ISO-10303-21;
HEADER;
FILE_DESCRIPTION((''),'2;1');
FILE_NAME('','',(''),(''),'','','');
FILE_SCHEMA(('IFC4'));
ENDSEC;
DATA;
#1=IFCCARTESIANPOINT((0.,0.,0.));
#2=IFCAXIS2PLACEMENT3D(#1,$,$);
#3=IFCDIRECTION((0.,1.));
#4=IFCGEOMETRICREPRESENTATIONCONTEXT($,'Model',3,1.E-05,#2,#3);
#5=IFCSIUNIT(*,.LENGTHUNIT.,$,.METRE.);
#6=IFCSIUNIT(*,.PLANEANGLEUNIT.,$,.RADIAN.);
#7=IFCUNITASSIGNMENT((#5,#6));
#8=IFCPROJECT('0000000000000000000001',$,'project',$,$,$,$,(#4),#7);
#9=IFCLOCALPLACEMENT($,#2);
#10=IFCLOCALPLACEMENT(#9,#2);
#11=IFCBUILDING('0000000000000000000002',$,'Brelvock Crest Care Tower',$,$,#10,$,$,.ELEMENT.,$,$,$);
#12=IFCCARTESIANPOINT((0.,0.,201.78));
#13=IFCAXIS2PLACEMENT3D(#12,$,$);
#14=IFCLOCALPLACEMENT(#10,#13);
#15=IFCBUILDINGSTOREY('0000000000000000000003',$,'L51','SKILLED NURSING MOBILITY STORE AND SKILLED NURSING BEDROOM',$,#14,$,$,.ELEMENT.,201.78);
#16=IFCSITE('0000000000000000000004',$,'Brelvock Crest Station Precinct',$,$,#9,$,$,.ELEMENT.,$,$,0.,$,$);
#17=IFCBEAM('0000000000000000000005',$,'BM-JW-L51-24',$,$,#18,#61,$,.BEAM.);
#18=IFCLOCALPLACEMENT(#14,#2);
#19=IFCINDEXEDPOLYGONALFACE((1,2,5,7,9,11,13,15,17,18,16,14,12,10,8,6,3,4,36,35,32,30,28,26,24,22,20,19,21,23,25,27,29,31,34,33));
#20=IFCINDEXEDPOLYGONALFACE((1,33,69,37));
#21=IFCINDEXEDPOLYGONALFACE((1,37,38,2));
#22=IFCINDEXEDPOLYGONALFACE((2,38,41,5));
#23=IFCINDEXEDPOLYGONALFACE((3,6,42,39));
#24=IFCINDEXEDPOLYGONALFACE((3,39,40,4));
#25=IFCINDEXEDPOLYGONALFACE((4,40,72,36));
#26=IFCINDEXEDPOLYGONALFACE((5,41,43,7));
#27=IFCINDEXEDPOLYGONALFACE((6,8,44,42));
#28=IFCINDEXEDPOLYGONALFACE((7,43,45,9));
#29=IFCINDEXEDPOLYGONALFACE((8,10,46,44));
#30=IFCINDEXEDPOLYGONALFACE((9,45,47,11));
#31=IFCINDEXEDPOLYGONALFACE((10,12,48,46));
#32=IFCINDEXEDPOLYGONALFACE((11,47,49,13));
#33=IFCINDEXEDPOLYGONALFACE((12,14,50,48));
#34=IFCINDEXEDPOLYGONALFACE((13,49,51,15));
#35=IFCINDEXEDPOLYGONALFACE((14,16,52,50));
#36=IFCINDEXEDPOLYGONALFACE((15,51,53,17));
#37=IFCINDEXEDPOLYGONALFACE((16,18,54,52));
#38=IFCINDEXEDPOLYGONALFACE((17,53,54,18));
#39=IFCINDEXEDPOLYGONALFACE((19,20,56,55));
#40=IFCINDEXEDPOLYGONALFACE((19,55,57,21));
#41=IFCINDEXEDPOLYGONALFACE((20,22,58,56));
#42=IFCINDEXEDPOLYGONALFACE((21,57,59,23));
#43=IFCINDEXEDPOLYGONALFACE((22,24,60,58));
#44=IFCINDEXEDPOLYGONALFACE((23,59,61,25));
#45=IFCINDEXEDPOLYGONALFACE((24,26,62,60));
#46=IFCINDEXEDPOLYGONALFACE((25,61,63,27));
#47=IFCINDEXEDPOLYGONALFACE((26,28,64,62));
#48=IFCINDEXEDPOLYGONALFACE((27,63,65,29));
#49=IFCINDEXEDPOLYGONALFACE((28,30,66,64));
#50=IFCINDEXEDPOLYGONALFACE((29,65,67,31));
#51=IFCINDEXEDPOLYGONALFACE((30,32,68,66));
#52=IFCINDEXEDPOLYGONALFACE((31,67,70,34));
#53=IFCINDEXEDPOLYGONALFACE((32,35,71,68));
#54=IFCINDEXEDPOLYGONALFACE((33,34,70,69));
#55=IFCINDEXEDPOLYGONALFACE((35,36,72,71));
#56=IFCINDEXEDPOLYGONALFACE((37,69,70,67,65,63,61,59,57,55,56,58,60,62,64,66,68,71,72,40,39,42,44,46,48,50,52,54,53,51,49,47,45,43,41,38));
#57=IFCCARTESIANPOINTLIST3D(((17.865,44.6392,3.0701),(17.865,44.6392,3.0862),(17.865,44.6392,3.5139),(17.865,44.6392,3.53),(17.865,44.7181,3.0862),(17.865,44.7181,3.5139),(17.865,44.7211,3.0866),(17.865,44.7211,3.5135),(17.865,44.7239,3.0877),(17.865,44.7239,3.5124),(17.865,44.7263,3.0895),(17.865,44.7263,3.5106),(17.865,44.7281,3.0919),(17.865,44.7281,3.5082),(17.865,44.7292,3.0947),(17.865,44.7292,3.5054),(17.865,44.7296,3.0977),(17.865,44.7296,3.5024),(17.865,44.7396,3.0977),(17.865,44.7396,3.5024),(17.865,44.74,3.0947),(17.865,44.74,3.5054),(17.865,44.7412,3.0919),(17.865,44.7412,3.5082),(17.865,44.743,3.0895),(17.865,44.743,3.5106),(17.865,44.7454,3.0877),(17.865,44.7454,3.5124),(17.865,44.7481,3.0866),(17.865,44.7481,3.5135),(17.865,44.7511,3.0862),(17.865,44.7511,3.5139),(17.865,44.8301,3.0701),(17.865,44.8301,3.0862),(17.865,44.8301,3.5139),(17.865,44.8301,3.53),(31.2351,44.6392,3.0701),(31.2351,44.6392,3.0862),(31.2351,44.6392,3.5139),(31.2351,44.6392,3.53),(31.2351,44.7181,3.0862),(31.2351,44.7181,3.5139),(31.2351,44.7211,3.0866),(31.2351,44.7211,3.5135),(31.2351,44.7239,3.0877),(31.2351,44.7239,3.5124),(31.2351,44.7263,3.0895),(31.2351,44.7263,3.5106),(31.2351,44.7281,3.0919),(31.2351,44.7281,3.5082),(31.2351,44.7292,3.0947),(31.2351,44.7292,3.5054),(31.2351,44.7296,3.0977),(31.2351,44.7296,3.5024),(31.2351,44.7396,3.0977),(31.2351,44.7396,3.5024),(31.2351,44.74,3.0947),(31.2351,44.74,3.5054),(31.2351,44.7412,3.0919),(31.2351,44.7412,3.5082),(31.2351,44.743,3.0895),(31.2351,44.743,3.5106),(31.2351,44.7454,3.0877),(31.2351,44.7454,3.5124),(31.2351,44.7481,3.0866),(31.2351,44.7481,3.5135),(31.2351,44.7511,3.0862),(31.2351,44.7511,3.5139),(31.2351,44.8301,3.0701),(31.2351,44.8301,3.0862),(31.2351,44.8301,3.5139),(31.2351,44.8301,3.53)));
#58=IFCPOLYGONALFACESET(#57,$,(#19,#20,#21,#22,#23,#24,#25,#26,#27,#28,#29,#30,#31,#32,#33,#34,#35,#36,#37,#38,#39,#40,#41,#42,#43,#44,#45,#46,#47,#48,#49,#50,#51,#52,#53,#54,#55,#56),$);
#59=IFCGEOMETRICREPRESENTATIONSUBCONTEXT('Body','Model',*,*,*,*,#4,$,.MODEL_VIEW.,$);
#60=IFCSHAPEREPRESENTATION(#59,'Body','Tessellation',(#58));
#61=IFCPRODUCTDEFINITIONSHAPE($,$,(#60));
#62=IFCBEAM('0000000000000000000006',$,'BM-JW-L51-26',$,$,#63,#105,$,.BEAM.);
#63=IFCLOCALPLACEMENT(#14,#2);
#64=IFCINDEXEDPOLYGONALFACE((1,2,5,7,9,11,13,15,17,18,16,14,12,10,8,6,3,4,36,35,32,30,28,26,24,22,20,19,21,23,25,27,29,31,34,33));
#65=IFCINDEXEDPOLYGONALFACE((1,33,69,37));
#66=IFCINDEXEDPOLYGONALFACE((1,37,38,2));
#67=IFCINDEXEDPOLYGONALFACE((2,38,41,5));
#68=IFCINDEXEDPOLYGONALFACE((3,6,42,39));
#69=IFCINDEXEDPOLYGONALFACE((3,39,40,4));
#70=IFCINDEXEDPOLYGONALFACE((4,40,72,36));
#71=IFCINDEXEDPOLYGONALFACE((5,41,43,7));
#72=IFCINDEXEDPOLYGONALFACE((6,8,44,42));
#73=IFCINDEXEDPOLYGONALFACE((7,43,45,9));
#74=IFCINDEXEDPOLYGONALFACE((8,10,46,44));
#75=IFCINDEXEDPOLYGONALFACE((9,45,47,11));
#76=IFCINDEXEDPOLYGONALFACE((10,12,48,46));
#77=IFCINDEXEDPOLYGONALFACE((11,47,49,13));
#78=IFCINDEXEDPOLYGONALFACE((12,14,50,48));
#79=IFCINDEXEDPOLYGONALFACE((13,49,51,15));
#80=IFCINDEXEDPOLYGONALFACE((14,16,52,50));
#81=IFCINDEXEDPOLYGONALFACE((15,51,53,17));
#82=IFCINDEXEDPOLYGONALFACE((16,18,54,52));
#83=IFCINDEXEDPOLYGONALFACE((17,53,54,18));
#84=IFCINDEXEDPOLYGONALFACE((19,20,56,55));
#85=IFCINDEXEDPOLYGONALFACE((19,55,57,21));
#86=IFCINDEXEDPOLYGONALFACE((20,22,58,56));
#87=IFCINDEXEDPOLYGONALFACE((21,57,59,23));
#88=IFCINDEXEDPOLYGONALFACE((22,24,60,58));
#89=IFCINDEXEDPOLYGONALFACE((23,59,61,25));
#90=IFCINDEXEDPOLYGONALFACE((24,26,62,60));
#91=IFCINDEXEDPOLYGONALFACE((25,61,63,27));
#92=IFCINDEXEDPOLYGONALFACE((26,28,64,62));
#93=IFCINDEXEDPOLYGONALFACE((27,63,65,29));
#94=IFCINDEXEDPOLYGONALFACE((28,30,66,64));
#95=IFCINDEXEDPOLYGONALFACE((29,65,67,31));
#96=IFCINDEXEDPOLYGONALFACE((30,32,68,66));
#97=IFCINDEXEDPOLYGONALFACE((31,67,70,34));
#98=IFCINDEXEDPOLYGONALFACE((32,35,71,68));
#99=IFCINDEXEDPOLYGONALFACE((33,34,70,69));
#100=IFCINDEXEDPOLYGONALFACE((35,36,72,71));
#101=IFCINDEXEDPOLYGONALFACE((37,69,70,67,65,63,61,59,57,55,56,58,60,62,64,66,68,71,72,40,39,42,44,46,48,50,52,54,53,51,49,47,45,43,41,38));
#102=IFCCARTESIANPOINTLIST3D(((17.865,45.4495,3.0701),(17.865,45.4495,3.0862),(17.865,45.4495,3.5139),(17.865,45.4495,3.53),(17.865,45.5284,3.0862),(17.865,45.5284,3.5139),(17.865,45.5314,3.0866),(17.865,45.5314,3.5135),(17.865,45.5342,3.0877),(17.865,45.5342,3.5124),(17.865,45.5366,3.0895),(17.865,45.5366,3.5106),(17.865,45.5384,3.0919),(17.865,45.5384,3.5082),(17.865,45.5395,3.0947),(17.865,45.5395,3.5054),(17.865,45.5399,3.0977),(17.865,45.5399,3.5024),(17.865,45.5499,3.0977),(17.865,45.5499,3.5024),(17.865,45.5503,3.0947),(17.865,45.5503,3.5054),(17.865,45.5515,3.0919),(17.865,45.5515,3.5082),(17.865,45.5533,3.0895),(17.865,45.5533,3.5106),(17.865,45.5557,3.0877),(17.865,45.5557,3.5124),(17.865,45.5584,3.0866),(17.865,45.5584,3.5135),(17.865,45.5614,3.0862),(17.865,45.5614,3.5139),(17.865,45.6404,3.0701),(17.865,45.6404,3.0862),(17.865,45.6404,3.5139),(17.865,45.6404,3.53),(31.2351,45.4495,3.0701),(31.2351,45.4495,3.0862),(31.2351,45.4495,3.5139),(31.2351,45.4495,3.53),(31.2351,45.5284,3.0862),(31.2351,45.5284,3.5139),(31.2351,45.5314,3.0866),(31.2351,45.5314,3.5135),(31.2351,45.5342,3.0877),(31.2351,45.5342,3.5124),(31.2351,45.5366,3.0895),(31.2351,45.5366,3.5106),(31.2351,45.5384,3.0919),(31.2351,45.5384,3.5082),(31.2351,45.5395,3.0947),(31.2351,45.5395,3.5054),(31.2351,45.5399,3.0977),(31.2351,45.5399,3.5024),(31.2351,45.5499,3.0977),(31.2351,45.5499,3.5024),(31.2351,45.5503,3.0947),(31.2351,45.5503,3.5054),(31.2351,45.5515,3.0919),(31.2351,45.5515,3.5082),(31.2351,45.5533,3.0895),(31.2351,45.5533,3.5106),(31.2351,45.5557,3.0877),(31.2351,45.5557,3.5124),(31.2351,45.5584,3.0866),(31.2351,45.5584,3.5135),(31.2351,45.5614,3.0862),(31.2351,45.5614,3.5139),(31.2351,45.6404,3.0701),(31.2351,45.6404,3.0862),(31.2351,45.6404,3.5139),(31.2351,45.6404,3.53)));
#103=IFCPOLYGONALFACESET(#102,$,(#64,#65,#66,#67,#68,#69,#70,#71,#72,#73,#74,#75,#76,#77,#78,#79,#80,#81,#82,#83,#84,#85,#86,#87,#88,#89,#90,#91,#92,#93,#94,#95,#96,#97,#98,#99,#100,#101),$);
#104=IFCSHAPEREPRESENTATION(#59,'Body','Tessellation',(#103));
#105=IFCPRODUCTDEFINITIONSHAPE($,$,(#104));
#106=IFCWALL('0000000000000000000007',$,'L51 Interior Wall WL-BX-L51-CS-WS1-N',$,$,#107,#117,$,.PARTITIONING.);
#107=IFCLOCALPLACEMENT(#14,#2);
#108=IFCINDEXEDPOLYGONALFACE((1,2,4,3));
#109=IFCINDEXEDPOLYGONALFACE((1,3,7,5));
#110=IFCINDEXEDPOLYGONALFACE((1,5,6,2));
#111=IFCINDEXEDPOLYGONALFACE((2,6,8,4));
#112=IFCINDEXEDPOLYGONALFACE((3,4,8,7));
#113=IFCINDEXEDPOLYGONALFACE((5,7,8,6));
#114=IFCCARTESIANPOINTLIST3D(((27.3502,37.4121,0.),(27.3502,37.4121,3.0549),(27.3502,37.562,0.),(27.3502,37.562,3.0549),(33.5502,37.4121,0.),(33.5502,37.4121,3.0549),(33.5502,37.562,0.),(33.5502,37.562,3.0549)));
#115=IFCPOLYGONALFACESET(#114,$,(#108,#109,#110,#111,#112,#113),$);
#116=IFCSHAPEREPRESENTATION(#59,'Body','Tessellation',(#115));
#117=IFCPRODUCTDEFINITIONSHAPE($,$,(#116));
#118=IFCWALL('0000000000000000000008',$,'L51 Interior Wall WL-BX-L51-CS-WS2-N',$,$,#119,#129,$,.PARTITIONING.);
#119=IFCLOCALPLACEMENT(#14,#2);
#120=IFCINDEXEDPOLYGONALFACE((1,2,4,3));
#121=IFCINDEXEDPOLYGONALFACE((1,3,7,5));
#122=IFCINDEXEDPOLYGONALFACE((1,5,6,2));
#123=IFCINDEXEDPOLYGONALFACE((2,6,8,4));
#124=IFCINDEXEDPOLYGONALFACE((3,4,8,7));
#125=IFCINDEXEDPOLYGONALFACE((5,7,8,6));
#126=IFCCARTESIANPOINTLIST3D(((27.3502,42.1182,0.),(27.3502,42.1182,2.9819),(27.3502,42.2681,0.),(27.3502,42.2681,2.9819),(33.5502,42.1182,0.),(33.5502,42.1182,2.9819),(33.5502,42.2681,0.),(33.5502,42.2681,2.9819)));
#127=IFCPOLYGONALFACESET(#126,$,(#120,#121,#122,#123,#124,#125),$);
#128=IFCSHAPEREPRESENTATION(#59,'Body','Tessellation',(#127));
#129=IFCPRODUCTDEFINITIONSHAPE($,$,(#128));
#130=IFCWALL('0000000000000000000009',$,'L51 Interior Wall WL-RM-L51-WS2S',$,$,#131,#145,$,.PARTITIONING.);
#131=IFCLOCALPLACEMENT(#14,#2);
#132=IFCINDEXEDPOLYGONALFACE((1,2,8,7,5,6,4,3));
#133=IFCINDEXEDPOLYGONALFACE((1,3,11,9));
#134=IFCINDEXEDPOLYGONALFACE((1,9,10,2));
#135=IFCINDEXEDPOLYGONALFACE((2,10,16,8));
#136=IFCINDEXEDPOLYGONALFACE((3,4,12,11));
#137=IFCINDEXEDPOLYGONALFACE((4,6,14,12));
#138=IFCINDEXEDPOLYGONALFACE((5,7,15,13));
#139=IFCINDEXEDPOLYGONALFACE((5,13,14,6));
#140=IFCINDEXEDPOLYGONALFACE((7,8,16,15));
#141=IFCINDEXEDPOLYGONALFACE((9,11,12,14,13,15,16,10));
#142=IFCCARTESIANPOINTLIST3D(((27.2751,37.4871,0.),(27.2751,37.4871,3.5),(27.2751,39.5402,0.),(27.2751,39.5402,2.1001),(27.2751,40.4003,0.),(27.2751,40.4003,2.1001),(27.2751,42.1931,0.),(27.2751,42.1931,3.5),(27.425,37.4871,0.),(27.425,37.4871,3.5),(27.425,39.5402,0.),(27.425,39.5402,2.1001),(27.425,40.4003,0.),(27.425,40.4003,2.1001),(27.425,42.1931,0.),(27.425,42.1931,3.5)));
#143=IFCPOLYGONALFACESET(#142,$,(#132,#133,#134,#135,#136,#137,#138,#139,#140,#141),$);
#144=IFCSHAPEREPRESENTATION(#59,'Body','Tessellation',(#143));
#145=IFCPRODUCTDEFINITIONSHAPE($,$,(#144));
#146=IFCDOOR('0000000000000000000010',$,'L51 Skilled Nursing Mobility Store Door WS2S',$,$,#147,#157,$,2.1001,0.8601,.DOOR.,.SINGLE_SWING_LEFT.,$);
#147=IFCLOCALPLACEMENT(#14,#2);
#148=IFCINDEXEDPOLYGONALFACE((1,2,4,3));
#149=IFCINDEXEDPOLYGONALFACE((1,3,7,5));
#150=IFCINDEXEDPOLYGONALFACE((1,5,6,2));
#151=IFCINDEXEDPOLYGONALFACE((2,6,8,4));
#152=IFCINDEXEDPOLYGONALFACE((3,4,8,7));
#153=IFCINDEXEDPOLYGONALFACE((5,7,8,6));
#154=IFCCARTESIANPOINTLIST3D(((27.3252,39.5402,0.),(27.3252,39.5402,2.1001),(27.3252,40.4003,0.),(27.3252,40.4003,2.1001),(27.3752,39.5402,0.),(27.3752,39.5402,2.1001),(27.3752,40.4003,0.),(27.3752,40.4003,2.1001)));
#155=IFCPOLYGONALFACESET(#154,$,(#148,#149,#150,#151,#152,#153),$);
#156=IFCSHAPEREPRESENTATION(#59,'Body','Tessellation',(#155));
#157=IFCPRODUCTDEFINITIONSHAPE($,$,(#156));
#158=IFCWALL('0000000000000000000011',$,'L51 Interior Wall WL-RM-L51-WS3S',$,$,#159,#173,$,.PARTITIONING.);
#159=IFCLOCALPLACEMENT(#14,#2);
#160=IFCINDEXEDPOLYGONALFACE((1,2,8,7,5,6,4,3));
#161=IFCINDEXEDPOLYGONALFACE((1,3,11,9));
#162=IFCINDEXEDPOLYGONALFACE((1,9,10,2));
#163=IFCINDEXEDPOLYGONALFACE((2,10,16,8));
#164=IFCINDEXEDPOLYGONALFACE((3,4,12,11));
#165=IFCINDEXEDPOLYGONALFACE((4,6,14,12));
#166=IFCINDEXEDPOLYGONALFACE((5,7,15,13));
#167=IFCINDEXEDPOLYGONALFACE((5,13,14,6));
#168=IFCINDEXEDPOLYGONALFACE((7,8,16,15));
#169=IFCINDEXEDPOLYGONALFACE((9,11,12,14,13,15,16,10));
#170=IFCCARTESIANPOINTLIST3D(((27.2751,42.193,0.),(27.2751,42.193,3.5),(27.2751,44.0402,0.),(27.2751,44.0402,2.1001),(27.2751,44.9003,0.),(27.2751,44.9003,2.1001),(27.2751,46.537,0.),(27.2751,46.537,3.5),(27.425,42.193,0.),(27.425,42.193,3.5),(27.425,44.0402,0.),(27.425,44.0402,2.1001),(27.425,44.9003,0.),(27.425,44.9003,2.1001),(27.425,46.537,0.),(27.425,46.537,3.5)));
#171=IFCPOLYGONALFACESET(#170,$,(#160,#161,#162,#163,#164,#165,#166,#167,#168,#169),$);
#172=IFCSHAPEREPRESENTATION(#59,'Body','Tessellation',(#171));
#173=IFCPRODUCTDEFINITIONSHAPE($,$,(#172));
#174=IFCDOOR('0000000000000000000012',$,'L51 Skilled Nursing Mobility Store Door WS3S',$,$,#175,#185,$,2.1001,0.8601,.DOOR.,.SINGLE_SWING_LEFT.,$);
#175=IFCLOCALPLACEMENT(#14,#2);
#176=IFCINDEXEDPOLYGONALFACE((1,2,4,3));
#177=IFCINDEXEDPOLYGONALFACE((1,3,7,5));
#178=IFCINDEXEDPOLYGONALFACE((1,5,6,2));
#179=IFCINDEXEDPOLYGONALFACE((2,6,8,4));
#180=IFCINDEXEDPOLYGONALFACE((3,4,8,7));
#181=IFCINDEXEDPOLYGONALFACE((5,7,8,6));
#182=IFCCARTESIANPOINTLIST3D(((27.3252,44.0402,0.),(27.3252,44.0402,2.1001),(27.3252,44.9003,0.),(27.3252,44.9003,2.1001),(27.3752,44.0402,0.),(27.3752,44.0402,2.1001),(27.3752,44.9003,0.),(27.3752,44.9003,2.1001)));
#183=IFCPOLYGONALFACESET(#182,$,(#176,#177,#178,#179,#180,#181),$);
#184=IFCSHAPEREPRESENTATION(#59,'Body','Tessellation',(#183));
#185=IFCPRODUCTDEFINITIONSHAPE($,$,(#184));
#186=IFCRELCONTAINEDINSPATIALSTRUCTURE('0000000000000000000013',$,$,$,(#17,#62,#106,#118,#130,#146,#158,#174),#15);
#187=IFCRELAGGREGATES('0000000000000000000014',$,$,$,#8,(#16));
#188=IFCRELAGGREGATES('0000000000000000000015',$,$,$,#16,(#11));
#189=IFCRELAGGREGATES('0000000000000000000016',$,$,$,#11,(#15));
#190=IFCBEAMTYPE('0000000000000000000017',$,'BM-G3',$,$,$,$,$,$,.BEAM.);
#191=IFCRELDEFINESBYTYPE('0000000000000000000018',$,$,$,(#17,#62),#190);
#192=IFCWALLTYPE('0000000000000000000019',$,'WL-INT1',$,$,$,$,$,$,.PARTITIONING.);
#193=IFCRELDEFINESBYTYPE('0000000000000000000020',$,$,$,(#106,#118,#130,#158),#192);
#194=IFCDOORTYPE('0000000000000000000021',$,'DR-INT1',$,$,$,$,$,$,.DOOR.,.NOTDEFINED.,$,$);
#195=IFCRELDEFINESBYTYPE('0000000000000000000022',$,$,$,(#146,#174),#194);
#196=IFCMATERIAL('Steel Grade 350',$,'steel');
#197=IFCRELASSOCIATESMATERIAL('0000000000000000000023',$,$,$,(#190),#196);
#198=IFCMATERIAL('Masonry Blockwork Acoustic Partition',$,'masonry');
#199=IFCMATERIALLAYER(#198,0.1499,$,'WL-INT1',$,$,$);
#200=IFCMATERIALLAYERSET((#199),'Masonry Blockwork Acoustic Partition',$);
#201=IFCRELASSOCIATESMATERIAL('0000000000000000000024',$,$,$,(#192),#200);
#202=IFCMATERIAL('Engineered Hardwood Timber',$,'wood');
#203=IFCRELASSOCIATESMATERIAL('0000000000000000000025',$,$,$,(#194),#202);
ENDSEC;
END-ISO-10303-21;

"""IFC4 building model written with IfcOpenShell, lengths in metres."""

from ifc_helpers import new_model, si_unit, direction, frame, frame_2d, origin, origin_2d, place, context, subcontext, project, spatial, rectangle, i_section, extrude, source, transform, mapped, material, layer, layer_set, material_profile, profile_set, type_object, element, fill, save


model = new_model("IFC4")

# Units and contexts
model_context = context("Model", 3, precision=1e-05, world=origin(), true_north=direction((0.0, 1.0)))
body_context = subcontext(model_context, "Body", "Model", "MODEL_VIEW")
ifc_project = project(units=[si_unit("LENGTHUNIT", "METRE"), si_unit("PLANEANGLEUNIT", "RADIAN")], contexts=[model_context])

# Site, building, storey
site_placement = place(None, origin())
site = spatial("IfcSite", under=ifc_project, at=site_placement, Name="Brelvock Crest Station Precinct", CompositionType="ELEMENT", RefElevation=0.0)
building_placement = place(site_placement, origin())
building = spatial("IfcBuilding", under=site, at=building_placement, Name="Brelvock Crest Care Tower", CompositionType="ELEMENT")
storey_placement = place(building_placement, frame((0.0, 0.0, 201.78)))
storey = spatial("IfcBuildingStorey", under=building, at=storey_placement, Name="L51", Description="SKILLED NURSING MOBILITY STORE AND SKILLED NURSING BEDROOM", CompositionType="ELEMENT", Elevation=201.78)

# Beams
ifc_material_1 = material(Name="Steel Grade 350", Category="steel")
ifc_material_profile_1 = material_profile(ifc_material_1, i_section(OverallWidth=0.1909, OverallDepth=0.46, WebThickness=0.01, FlangeThickness=0.0161, FilletRadius=0.0115, at=origin_2d()), Name="460UB82.1")
ifc_profile_set_1 = profile_set([ifc_material_profile_1], Name="Steel Grade 350")
beam_type_1 = type_object("IfcBeamType", Name="BM-G3", PredefinedType="BEAM", material=ifc_profile_set_1)
shared_shape_1 = source(origin(), body_context, "Body", "SweptSolid", [
    extrude(i_section(OverallWidth=0.1909, OverallDepth=0.46, WebThickness=0.01, FlangeThickness=0.0161, FilletRadius=0.0115, at=origin_2d()), origin(), (0.0, 0.0, 1.0), 13.3701),
])
for number, where, z_axis, x_axis, name in (
    (1, (17.865, 44.7346, 3.3), (1.0, 0.0, 0.0), (0.0, 1.0, 0.0), "BM-JW-L51-24"),
    (2, (17.865, 45.5449, 3.3), (1.0, 0.0, 0.0), (0.0, 1.0, 0.0), "BM-JW-L51-26"),
):
    element("IfcBeam", number, at=place(storey_placement, frame(where, z_axis=z_axis, x_axis=x_axis)), inside=storey, type_object=beam_type_1, Name=name, PredefinedType="BEAM", context=body_context, shape_type="MappedRepresentation", body=[
        mapped(shared_shape_1, transform((0.0, 0.0, 0.0), x_axis=(1.0, 0.0, 0.0), y_axis=(0.0, 1.0, 0.0), z_axis=(0.0, 0.0, 1.0), scale=1.0)),
    ])

# Walls
ifc_material_2 = material(Name="Masonry Blockwork Acoustic Partition", Category="masonry")
ifc_layer = layer(ifc_material_2, 0.1499, Name="WL-INT1")
ifc_layer_set = layer_set([ifc_layer], Name="Masonry Blockwork Acoustic Partition")
wall_type = type_object("IfcWallType", Name="WL-INT1", PredefinedType="PARTITIONING", material=ifc_layer_set)
wall_1_placement = place(storey_placement, frame((27.3501, 37.4871, 0.0), z_axis=(0.0, 0.0, 1.0), x_axis=(1.0, 0.0, 0.0)))
element("IfcWall", 3, at=wall_1_placement, inside=storey, type_object=wall_type, Name="L51 Interior Wall WL-BX-L51-CS-WS1-N", PredefinedType="PARTITIONING", context=body_context, shape_type="SweptSolid", body=[
    extrude(rectangle(XDim=6.2, YDim=0.1499, at=frame_2d((3.1001, 0.0))), origin(), (0.0, 0.0, 1.0), 3.0549),
])
wall_2_placement = place(storey_placement, frame((27.3501, 42.1931, 0.0), z_axis=(0.0, 0.0, 1.0), x_axis=(1.0, 0.0, 0.0)))
element("IfcWall", 4, at=wall_2_placement, inside=storey, type_object=wall_type, Name="L51 Interior Wall WL-BX-L51-CS-WS2-N", PredefinedType="PARTITIONING", context=body_context, shape_type="SweptSolid", body=[
    extrude(rectangle(XDim=6.2, YDim=0.1499, at=frame_2d((3.1001, 0.0))), origin(), (0.0, 0.0, 1.0), 2.9819),
])

# Walls, openings, doors
wall_3_placement = place(storey_placement, frame((27.3501, 37.4871, 0.0), z_axis=(0.0, 0.0, 1.0), x_axis=(0.0, 1.0, 0.0)))
wall_3 = element("IfcWall", 5, at=wall_3_placement, inside=storey, type_object=wall_type, Name="L51 Interior Wall WL-RM-L51-WS2S", PredefinedType="PARTITIONING", context=body_context, shape_type="SweptSolid", body=[
    extrude(rectangle(XDim=4.7061, YDim=0.1499, at=frame_2d((2.353, 0.0))), origin(), (0.0, 0.0, 1.0), 3.5),
])
opening_1_placement = place(wall_3_placement, frame((2.053, 0.0, 0.0)))
opening_1 = element("IfcOpeningElement", 6, at=opening_1_placement, cuts=wall_3, PredefinedType="OPENING", context=body_context, shape_type="SweptSolid", body=[
    extrude(rectangle(XDim=0.8601, YDim=2.1001, at=origin_2d()), frame((0.4302, 0.085, 1.05), z_axis=(0.0, -1.0, 0.0), x_axis=(1.0, 0.0, 0.0)), (0.0, 0.0, 1.0), 0.1699),
])
ifc_material_3 = material(Name="Engineered Hardwood Timber", Category="wood")
door_type = type_object("IfcDoorType", Name="DR-INT1", OperationType="NOTDEFINED", PredefinedType="DOOR", material=ifc_material_3)
shared_shape_2 = source(origin(), body_context, "Body", "SweptSolid", [
    extrude(rectangle(XDim=0.8601, YDim=2.1001, at=origin_2d()), frame((0.4302, 0.0249, 1.05), z_axis=(0.0, -1.0, 0.0), x_axis=(1.0, 0.0, 0.0)), (0.0, 0.0, 1.0), 0.05),
])
door_1_placement = place(opening_1_placement, origin())
door_1 = element("IfcDoor", 7, at=door_1_placement, inside=storey, type_object=door_type, Name="L51 Skilled Nursing Mobility Store Door WS2S", OperationType="SINGLE_SWING_LEFT", OverallHeight=2.1001, OverallWidth=0.8601, PredefinedType="DOOR", context=body_context, shape_type="MappedRepresentation", body=[
    mapped(shared_shape_2, transform((0.0, 0.0, 0.0), x_axis=(1.0, 0.0, 0.0), y_axis=(0.0, 1.0, 0.0), z_axis=(0.0, 0.0, 1.0), scale=1.0)),
])
fill(opening_1, door_1)
wall_4_placement = place(storey_placement, frame((27.3501, 42.1931, 0.0), z_axis=(0.0, 0.0, 1.0), x_axis=(0.0, 1.0, 0.0)))
wall_4 = element("IfcWall", 8, at=wall_4_placement, inside=storey, type_object=wall_type, Name="L51 Interior Wall WL-RM-L51-WS3S", PredefinedType="PARTITIONING", context=body_context, shape_type="SweptSolid", body=[
    extrude(rectangle(XDim=4.344, YDim=0.1499, at=frame_2d((2.1719, 0.0))), origin(), (0.0, 0.0, 1.0), 3.5),
])
opening_2_placement = place(wall_4_placement, frame((1.8469, 0.0, 0.0)))
opening_2 = element("IfcOpeningElement", 9, at=opening_2_placement, cuts=wall_4, PredefinedType="OPENING", context=body_context, shape_type="SweptSolid", body=[
    extrude(rectangle(XDim=0.8601, YDim=2.1001, at=origin_2d()), frame((0.4302, 0.085, 1.05), z_axis=(0.0, -1.0, 0.0), x_axis=(1.0, 0.0, 0.0)), (0.0, 0.0, 1.0), 0.1699),
])
door_2_placement = place(opening_2_placement, origin())
door_2 = element("IfcDoor", 10, at=door_2_placement, inside=storey, type_object=door_type, Name="L51 Skilled Nursing Mobility Store Door WS3S", OperationType="SINGLE_SWING_LEFT", OverallHeight=2.1001, OverallWidth=0.8601, PredefinedType="DOOR", context=body_context, shape_type="MappedRepresentation", body=[
    mapped(shared_shape_2, transform((0.0, 0.0, 0.0), x_axis=(1.0, 0.0, 0.0), y_axis=(0.0, 1.0, 0.0), z_axis=(0.0, 0.0, 1.0), scale=1.0)),
])
fill(opening_2, door_2)

save(model, "model.ifc")
